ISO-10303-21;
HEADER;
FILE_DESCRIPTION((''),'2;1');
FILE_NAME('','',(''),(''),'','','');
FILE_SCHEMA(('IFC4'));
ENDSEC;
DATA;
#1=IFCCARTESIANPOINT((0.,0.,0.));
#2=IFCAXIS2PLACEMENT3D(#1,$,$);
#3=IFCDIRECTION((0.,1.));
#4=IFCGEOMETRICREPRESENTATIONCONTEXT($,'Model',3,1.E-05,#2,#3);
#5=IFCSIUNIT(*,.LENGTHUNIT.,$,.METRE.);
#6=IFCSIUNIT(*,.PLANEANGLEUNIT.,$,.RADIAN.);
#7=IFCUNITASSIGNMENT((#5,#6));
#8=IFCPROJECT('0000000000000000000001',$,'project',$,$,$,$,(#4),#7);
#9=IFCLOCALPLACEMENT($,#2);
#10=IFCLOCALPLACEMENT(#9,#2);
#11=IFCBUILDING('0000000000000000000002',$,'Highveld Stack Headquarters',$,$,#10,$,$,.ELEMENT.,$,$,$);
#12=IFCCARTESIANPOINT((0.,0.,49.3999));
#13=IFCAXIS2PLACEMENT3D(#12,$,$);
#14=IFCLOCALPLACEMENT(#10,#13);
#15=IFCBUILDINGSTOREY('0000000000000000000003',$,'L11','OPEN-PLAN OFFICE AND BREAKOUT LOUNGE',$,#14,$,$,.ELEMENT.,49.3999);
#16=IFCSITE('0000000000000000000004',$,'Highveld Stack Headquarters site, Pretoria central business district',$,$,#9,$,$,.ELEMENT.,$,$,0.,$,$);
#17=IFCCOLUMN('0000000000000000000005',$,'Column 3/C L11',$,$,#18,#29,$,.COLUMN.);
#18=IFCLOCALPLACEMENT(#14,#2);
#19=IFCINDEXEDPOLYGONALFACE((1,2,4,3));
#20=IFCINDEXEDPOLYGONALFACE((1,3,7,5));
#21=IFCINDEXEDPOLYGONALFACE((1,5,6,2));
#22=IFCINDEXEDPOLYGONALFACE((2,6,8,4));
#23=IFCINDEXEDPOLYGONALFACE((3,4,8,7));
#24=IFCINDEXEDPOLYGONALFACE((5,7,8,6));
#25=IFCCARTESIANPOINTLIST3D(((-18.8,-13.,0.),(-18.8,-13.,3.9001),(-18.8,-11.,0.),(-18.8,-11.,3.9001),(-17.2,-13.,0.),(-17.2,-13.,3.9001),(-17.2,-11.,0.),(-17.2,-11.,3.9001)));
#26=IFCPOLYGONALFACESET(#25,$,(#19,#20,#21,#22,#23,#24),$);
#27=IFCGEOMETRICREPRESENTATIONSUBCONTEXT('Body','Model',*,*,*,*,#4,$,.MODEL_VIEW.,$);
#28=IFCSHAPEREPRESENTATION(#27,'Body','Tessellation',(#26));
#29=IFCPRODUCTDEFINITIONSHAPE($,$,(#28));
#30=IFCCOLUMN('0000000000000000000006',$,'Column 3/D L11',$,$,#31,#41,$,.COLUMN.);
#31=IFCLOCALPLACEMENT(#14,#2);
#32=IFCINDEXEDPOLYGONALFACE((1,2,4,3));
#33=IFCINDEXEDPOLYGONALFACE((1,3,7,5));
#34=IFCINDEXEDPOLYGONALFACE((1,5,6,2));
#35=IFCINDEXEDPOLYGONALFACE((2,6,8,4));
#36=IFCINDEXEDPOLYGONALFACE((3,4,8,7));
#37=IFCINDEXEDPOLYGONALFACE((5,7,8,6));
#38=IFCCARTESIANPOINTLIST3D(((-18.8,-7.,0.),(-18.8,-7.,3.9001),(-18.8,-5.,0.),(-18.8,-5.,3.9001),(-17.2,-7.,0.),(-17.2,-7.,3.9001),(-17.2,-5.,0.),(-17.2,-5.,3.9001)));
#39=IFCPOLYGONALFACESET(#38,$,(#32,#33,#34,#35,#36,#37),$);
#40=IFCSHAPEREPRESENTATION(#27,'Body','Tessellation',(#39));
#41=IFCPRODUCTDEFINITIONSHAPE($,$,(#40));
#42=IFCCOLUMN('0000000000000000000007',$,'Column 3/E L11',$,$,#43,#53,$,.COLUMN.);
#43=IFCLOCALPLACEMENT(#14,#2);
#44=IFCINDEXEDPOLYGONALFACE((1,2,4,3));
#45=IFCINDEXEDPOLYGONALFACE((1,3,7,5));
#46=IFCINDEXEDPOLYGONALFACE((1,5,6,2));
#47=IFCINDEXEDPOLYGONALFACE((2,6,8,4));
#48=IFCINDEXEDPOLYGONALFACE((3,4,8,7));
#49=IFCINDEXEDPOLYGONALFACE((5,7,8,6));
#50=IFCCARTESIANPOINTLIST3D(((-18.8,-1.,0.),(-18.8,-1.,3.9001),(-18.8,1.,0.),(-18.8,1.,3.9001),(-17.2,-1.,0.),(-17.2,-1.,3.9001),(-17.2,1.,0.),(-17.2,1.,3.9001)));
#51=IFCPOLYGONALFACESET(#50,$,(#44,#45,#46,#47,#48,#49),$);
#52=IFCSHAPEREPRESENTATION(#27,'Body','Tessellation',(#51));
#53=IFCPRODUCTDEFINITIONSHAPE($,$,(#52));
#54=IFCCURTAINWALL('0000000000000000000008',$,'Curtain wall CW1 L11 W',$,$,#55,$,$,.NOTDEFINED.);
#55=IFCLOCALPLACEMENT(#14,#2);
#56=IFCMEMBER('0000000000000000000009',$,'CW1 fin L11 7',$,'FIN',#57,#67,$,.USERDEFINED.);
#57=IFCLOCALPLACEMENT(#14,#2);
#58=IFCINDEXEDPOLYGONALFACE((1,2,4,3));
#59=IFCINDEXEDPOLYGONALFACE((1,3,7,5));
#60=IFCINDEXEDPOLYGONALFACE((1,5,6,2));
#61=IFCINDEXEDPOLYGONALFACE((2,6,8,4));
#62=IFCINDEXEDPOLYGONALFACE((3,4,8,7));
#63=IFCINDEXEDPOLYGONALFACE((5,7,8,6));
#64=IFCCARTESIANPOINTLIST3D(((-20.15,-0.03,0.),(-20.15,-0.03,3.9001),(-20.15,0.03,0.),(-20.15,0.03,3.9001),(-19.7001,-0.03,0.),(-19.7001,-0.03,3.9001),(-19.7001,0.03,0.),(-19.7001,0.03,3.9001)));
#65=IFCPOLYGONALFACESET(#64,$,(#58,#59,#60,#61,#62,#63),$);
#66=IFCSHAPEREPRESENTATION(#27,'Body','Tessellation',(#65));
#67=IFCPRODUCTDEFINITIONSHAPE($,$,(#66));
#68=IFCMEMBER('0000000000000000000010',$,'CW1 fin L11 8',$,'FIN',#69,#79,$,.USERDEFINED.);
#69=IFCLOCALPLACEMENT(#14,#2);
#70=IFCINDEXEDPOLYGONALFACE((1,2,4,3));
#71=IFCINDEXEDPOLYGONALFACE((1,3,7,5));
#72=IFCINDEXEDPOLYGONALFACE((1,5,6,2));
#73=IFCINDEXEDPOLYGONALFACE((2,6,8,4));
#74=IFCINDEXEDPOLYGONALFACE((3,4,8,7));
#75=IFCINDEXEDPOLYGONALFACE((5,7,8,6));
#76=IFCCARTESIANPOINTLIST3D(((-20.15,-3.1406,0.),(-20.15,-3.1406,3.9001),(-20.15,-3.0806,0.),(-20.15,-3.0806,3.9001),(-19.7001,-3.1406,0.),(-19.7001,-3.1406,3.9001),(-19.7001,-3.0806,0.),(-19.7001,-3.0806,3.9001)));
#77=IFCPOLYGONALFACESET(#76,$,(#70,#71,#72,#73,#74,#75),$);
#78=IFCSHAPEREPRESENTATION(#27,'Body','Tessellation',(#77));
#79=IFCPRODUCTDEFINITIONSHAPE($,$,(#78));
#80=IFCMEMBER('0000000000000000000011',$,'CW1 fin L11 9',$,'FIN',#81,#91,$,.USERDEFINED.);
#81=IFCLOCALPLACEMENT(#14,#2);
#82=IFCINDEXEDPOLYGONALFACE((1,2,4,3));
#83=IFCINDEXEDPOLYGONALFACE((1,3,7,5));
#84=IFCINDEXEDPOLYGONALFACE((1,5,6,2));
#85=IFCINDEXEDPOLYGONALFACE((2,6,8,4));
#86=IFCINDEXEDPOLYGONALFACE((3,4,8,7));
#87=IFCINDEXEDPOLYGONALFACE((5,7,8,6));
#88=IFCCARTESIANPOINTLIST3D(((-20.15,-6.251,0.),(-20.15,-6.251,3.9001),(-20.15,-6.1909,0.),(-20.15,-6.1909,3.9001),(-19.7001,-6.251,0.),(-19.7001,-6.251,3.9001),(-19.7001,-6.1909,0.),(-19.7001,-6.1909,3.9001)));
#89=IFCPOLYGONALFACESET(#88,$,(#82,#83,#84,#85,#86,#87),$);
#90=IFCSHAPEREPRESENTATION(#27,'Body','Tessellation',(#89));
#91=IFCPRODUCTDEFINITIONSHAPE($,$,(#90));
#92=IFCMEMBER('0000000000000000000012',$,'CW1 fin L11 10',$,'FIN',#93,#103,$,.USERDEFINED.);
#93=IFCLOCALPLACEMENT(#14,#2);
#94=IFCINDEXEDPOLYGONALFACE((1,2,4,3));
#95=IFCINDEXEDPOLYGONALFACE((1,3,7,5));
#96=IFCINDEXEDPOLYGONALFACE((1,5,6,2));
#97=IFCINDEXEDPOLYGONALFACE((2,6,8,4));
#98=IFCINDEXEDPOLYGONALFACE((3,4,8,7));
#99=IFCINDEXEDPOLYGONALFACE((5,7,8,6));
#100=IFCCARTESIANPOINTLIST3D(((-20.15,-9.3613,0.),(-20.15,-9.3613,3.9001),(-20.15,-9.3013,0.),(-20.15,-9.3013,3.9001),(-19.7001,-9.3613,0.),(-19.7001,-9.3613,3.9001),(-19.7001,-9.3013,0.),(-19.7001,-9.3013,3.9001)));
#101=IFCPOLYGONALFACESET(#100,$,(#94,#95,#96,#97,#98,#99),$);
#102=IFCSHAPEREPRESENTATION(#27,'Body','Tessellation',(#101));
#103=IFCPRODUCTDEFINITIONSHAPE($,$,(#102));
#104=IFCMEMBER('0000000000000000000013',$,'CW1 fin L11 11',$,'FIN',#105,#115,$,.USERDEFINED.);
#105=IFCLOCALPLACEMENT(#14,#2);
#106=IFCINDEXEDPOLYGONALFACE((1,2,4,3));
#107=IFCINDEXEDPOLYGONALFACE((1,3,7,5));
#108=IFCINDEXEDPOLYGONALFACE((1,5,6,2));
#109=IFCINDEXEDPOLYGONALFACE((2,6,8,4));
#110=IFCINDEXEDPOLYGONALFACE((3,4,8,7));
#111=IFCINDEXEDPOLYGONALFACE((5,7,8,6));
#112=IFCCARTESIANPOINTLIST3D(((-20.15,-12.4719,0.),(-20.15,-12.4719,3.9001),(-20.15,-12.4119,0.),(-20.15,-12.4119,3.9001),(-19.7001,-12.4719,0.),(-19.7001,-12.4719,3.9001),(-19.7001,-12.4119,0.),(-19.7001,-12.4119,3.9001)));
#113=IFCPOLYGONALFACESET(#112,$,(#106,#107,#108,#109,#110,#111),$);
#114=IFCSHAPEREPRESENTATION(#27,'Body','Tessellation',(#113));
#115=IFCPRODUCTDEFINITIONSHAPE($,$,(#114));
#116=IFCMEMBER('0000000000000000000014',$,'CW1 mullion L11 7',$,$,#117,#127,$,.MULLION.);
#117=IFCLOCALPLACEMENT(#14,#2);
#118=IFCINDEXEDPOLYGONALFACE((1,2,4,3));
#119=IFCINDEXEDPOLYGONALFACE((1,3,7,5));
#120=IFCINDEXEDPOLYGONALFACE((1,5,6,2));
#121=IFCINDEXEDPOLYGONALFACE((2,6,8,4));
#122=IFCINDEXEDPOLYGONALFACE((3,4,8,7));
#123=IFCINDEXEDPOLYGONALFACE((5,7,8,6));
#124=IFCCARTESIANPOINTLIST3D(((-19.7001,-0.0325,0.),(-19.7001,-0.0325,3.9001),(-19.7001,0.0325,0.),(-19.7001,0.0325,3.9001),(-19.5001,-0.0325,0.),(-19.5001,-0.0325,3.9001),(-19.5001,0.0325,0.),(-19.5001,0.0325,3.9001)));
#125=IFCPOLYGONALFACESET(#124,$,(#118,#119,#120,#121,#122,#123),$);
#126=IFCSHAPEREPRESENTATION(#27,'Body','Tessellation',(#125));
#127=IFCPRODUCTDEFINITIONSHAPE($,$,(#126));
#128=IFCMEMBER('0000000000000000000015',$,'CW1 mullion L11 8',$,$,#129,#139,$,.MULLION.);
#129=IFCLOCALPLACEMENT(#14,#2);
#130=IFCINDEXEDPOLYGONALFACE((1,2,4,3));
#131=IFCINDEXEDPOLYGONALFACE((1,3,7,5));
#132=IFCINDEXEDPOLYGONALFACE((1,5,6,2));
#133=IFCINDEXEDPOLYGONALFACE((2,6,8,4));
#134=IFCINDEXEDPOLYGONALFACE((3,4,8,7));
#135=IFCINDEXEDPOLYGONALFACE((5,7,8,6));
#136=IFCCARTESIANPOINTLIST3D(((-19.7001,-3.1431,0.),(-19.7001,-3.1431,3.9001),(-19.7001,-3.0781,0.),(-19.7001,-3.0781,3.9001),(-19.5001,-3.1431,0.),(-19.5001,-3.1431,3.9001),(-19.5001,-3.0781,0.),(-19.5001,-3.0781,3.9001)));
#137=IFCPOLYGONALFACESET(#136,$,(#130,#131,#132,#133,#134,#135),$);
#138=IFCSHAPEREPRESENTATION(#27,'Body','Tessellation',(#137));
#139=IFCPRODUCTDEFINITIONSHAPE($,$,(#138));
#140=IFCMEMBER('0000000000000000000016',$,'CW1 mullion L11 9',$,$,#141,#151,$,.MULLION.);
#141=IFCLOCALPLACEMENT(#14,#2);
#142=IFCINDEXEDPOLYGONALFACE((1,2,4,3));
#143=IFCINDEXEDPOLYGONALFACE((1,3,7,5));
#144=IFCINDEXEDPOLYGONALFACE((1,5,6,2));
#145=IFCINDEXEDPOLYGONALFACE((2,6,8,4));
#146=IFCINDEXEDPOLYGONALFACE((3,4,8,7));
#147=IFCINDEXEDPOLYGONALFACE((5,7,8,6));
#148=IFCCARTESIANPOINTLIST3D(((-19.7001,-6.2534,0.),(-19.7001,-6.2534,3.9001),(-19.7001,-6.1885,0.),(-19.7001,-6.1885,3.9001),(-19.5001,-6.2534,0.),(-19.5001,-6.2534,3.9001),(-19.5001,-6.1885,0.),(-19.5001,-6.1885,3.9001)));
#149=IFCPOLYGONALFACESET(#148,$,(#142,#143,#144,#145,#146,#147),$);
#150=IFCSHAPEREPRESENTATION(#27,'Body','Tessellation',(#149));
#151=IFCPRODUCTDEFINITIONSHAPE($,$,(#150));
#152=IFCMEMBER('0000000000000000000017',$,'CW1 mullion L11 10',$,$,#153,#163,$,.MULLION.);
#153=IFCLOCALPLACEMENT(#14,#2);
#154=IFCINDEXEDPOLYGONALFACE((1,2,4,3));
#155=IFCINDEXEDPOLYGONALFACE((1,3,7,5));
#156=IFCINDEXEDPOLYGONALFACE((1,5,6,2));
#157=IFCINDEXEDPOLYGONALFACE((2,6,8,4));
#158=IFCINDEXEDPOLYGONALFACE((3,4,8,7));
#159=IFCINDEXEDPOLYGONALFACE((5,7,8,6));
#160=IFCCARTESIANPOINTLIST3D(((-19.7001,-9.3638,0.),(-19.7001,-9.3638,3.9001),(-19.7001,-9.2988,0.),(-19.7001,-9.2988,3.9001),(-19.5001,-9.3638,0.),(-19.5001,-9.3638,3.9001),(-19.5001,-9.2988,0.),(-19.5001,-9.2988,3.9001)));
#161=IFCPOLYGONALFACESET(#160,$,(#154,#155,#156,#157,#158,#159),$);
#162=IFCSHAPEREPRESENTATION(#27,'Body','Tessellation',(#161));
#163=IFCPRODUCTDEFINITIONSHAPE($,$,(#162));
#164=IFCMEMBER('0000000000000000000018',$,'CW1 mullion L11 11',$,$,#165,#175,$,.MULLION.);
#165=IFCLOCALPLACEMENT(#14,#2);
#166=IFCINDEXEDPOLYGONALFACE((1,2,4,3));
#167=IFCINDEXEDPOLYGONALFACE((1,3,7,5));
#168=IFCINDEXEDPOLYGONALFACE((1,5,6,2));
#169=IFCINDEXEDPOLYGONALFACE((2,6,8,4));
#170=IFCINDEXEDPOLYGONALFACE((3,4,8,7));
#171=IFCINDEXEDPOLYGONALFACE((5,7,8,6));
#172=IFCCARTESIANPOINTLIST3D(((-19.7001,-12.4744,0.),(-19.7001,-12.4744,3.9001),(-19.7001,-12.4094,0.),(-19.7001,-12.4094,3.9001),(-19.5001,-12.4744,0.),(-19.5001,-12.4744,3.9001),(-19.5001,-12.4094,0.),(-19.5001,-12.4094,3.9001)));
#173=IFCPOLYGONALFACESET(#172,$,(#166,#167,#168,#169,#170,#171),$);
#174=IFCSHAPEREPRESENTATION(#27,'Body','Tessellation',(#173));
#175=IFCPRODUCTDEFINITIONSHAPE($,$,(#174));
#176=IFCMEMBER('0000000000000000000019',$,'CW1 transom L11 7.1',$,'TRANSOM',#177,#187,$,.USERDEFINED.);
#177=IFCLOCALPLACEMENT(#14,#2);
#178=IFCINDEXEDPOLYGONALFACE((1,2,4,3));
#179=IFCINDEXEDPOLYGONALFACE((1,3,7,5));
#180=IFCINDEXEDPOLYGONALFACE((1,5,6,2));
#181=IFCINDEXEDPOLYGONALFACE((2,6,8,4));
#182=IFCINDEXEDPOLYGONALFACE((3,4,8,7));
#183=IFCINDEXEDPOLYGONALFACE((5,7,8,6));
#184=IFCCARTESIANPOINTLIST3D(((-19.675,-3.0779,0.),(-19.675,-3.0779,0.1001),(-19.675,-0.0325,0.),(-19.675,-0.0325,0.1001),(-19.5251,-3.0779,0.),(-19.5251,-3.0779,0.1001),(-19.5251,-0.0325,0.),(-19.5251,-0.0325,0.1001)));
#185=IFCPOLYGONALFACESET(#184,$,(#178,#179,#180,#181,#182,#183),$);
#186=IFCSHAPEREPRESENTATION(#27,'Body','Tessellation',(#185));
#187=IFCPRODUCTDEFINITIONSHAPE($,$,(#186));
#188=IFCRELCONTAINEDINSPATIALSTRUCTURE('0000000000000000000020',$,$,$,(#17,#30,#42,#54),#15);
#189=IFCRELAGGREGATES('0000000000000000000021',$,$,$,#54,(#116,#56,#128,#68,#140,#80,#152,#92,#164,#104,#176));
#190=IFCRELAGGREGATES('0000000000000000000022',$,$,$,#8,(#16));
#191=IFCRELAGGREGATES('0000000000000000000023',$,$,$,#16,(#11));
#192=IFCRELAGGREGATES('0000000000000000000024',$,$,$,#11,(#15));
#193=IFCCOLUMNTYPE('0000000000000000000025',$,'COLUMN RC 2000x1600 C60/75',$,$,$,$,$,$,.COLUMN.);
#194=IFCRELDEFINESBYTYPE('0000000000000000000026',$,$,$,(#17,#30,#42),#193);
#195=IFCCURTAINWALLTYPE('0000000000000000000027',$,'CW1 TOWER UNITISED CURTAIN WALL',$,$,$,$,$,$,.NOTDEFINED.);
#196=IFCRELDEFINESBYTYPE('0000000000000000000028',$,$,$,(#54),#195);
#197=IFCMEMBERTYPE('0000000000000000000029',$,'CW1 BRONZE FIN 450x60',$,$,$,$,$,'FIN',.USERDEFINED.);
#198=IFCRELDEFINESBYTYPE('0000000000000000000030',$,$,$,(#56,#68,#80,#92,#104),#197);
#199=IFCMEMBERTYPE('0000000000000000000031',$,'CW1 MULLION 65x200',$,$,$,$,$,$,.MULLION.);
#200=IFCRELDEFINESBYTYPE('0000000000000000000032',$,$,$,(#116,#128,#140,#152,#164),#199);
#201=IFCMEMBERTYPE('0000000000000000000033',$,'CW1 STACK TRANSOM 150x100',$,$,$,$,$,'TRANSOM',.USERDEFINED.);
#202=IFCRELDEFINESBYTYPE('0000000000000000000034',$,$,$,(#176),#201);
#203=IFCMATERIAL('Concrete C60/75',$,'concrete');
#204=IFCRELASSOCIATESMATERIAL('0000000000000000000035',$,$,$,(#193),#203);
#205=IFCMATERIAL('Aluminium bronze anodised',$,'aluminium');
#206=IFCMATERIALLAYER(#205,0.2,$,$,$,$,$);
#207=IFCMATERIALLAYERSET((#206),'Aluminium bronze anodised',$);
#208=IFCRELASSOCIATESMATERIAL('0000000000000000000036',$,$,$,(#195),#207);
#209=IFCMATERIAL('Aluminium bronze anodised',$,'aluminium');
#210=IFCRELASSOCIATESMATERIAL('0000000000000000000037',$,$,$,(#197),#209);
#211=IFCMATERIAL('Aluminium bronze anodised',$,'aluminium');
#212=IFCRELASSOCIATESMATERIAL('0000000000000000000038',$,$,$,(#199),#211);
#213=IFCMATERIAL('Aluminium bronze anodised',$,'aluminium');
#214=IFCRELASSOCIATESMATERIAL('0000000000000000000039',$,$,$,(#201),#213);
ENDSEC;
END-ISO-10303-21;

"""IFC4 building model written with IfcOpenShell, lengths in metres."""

from ifc_helpers import new_model, si_unit, direction, frame, origin, origin_2d, place, context, subcontext, project, spatial, rectangle, extrude, material, layer, layer_set, material_profile, profile_set, type_object, element, aggregate, save


model = new_model("IFC4")

# Units and contexts
model_context = context("Model", 3, precision=1e-05, world=origin(), true_north=direction((0.0, 1.0)))
body_context = subcontext(model_context, "Body", "Model", "MODEL_VIEW")
ifc_project = project(units=[si_unit("LENGTHUNIT", "METRE"), si_unit("PLANEANGLEUNIT", "RADIAN")], contexts=[model_context])

# Site, building, storey
site_placement = place(None, origin())
site = spatial("IfcSite", under=ifc_project, at=site_placement, Name="Highveld Stack Headquarters site, Pretoria central business district", CompositionType="ELEMENT", RefElevation=0.0)
building_placement = place(site_placement, origin())
building = spatial("IfcBuilding", under=site, at=building_placement, Name="Highveld Stack Headquarters", CompositionType="ELEMENT")
storey_placement = place(building_placement, frame((0.0, 0.0, 49.3999)))
storey = spatial("IfcBuildingStorey", under=building, at=storey_placement, Name="L11", Description="OPEN-PLAN OFFICE AND BREAKOUT LOUNGE", CompositionType="ELEMENT", Elevation=49.3999)

# Columns
ifc_material_1 = material(Name="Concrete C60/75", Category="concrete")
ifc_material_profile_1 = material_profile(ifc_material_1, rectangle(XDim=2.0, YDim=1.6001, at=origin_2d()), Name="RC 2000x1600")
ifc_profile_set_1 = profile_set([ifc_material_profile_1], Name="Concrete C60/75")
column_type = type_object("IfcColumnType", Name="COLUMN RC 2000x1600 C60/75", PredefinedType="COLUMN", material=ifc_profile_set_1)
for number, where, z_axis, x_axis, name in (
    (1, (-18.0, -12.0, 0.0), (0.0, 0.0, 1.0), (0.0, 1.0, 0.0), "Column 3/C L11"),
    (2, (-18.0, -6.0, 0.0), (0.0, 0.0, 1.0), (0.0, 1.0, 0.0), "Column 3/D L11"),
    (3, (-18.0, 0.0, 0.0), (0.0, 0.0, 1.0), (0.0, 1.0, 0.0), "Column 3/E L11"),
):
    element("IfcColumn", number, at=place(storey_placement, frame(where, z_axis=z_axis, x_axis=x_axis)), inside=storey, type_object=column_type, Name=name, PredefinedType="COLUMN", context=body_context, shape_type="SweptSolid", body=[
        extrude(rectangle(XDim=2.0, YDim=1.6001, at=origin_2d()), origin(), (0.0, 0.0, 1.0), 3.9001),
    ])

# Curtain wall, members
ifc_material_2 = material(Name="Aluminium bronze anodised", Category="aluminium")
ifc_layer_1 = layer(ifc_material_2, 0.2)
ifc_layer_set_1 = layer_set([ifc_layer_1], Name="Aluminium bronze anodised")
curtain_wall_type = type_object("IfcCurtainWallType", Name="CW1 TOWER UNITISED CURTAIN WALL", PredefinedType="NOTDEFINED", material=ifc_layer_set_1)
curtain_wall_placement = place(storey_placement, origin())
curtain_wall = element("IfcCurtainWall", 4, at=curtain_wall_placement, inside=storey, type_object=curtain_wall_type, Name="Curtain wall CW1 L11 W", PredefinedType="NOTDEFINED")
ifc_material_3 = material(Name="Aluminium bronze anodised", Category="aluminium")
ifc_material_profile_2 = material_profile(ifc_material_3, rectangle(XDim=0.45, YDim=0.0601, at=origin_2d()), Name="FIN 450x60")
ifc_profile_set_2 = profile_set([ifc_material_profile_2], Name="Aluminium bronze anodised")
member_type_1 = type_object("IfcMemberType", Name="CW1 BRONZE FIN 450x60", ElementType="FIN", PredefinedType="USERDEFINED", material=ifc_profile_set_2)
member_1_placement = place(storey_placement, frame((-19.925, 0.0, 0.0), z_axis=(0.0, 0.0, 1.0), x_axis=(1.0, 0.0, 0.0)))
member_1 = element("IfcMember", 5, at=member_1_placement, type_object=member_type_1, Name="CW1 fin L11 7", ObjectType="FIN", PredefinedType="USERDEFINED", context=body_context, shape_type="SweptSolid", body=[
    extrude(rectangle(XDim=0.45, YDim=0.0601, at=origin_2d()), origin(), (0.0, 0.0, 1.0), 3.9001),
])
member_2_placement = place(storey_placement, frame((-19.925, -3.1106, 0.0), z_axis=(0.0, 0.0, 1.0), x_axis=(1.0, 0.0, 0.0)))
member_2 = element("IfcMember", 6, at=member_2_placement, type_object=member_type_1, Name="CW1 fin L11 8", ObjectType="FIN", PredefinedType="USERDEFINED", context=body_context, shape_type="SweptSolid", body=[
    extrude(rectangle(XDim=0.45, YDim=0.0601, at=origin_2d()), origin(), (0.0, 0.0, 1.0), 3.9001),
])
member_3_placement = place(storey_placement, frame((-19.925, -6.2209, 0.0), z_axis=(0.0, 0.0, 1.0), x_axis=(1.0, 0.0, 0.0)))
member_3 = element("IfcMember", 7, at=member_3_placement, type_object=member_type_1, Name="CW1 fin L11 9", ObjectType="FIN", PredefinedType="USERDEFINED", context=body_context, shape_type="SweptSolid", body=[
    extrude(rectangle(XDim=0.45, YDim=0.0601, at=origin_2d()), origin(), (0.0, 0.0, 1.0), 3.9001),
])
member_4_placement = place(storey_placement, frame((-19.925, -9.3313, 0.0), z_axis=(0.0, 0.0, 1.0), x_axis=(1.0, 0.0, 0.0)))
member_4 = element("IfcMember", 8, at=member_4_placement, type_object=member_type_1, Name="CW1 fin L11 10", ObjectType="FIN", PredefinedType="USERDEFINED", context=body_context, shape_type="SweptSolid", body=[
    extrude(rectangle(XDim=0.45, YDim=0.0601, at=origin_2d()), origin(), (0.0, 0.0, 1.0), 3.9001),
])
member_5_placement = place(storey_placement, frame((-19.925, -12.4419, 0.0), z_axis=(0.0, 0.0, 1.0), x_axis=(1.0, 0.0, 0.0)))
member_5 = element("IfcMember", 9, at=member_5_placement, type_object=member_type_1, Name="CW1 fin L11 11", ObjectType="FIN", PredefinedType="USERDEFINED", context=body_context, shape_type="SweptSolid", body=[
    extrude(rectangle(XDim=0.45, YDim=0.0601, at=origin_2d()), origin(), (0.0, 0.0, 1.0), 3.9001),
])
ifc_material_4 = material(Name="Aluminium bronze anodised", Category="aluminium")
ifc_material_profile_3 = material_profile(ifc_material_4, rectangle(XDim=0.2, YDim=0.0649, at=origin_2d()), Name="CW1 MULLION 65x200")
ifc_profile_set_3 = profile_set([ifc_material_profile_3], Name="Aluminium bronze anodised")
member_type_2 = type_object("IfcMemberType", Name="CW1 MULLION 65x200", PredefinedType="MULLION", material=ifc_profile_set_3)
member_6_placement = place(storey_placement, frame((-19.6001, 0.0, 0.0), z_axis=(0.0, 0.0, 1.0), x_axis=(1.0, 0.0, 0.0)))
member_6 = element("IfcMember", 10, at=member_6_placement, type_object=member_type_2, Name="CW1 mullion L11 7", PredefinedType="MULLION", context=body_context, shape_type="SweptSolid", body=[
    extrude(rectangle(XDim=0.2, YDim=0.0649, at=origin_2d()), origin(), (0.0, 0.0, 1.0), 3.9001),
])
member_7_placement = place(storey_placement, frame((-19.6001, -3.1106, 0.0), z_axis=(0.0, 0.0, 1.0), x_axis=(1.0, 0.0, 0.0)))
member_7 = element("IfcMember", 11, at=member_7_placement, type_object=member_type_2, Name="CW1 mullion L11 8", PredefinedType="MULLION", context=body_context, shape_type="SweptSolid", body=[
    extrude(rectangle(XDim=0.2, YDim=0.0649, at=origin_2d()), origin(), (0.0, 0.0, 1.0), 3.9001),
])
member_8_placement = place(storey_placement, frame((-19.6001, -6.2209, 0.0), z_axis=(0.0, 0.0, 1.0), x_axis=(1.0, 0.0, 0.0)))
member_8 = element("IfcMember", 12, at=member_8_placement, type_object=member_type_2, Name="CW1 mullion L11 9", PredefinedType="MULLION", context=body_context, shape_type="SweptSolid", body=[
    extrude(rectangle(XDim=0.2, YDim=0.0649, at=origin_2d()), origin(), (0.0, 0.0, 1.0), 3.9001),
])
member_9_placement = place(storey_placement, frame((-19.6001, -9.3313, 0.0), z_axis=(0.0, 0.0, 1.0), x_axis=(1.0, 0.0, 0.0)))
member_9 = element("IfcMember", 13, at=member_9_placement, type_object=member_type_2, Name="CW1 mullion L11 10", PredefinedType="MULLION", context=body_context, shape_type="SweptSolid", body=[
    extrude(rectangle(XDim=0.2, YDim=0.0649, at=origin_2d()), origin(), (0.0, 0.0, 1.0), 3.9001),
])
member_10_placement = place(storey_placement, frame((-19.6001, -12.4419, 0.0), z_axis=(0.0, 0.0, 1.0), x_axis=(1.0, 0.0, 0.0)))
member_10 = element("IfcMember", 14, at=member_10_placement, type_object=member_type_2, Name="CW1 mullion L11 11", PredefinedType="MULLION", context=body_context, shape_type="SweptSolid", body=[
    extrude(rectangle(XDim=0.2, YDim=0.0649, at=origin_2d()), origin(), (0.0, 0.0, 1.0), 3.9001),
])
ifc_material_5 = material(Name="Aluminium bronze anodised", Category="aluminium")
ifc_material_profile_4 = material_profile(ifc_material_5, rectangle(XDim=0.1499, YDim=0.1001, at=origin_2d()), Name="CW1 TRANSOM 150x100")
ifc_profile_set_4 = profile_set([ifc_material_profile_4], Name="Aluminium bronze anodised")
member_type_3 = type_object("IfcMemberType", Name="CW1 STACK TRANSOM 150x100", ElementType="TRANSOM", PredefinedType="USERDEFINED", material=ifc_profile_set_4)
member_11_placement = place(storey_placement, frame((-19.6001, -0.0325, 0.05), z_axis=(0.0, -1.0, 0.0), x_axis=(1.0, 0.0, 0.0)))
member_11 = element("IfcMember", 15, at=member_11_placement, type_object=member_type_3, Name="CW1 transom L11 7.1", ObjectType="TRANSOM", PredefinedType="USERDEFINED", context=body_context, shape_type="SweptSolid", body=[
    extrude(rectangle(XDim=0.1499, YDim=0.1001, at=origin_2d()), origin(), (0.0, 0.0, 1.0), 3.0454),
])
aggregate(curtain_wall, [member_6, member_1, member_7, member_2, member_8, member_3, member_9, member_4, member_10, member_5, member_11])

save(model, "model.ifc")
